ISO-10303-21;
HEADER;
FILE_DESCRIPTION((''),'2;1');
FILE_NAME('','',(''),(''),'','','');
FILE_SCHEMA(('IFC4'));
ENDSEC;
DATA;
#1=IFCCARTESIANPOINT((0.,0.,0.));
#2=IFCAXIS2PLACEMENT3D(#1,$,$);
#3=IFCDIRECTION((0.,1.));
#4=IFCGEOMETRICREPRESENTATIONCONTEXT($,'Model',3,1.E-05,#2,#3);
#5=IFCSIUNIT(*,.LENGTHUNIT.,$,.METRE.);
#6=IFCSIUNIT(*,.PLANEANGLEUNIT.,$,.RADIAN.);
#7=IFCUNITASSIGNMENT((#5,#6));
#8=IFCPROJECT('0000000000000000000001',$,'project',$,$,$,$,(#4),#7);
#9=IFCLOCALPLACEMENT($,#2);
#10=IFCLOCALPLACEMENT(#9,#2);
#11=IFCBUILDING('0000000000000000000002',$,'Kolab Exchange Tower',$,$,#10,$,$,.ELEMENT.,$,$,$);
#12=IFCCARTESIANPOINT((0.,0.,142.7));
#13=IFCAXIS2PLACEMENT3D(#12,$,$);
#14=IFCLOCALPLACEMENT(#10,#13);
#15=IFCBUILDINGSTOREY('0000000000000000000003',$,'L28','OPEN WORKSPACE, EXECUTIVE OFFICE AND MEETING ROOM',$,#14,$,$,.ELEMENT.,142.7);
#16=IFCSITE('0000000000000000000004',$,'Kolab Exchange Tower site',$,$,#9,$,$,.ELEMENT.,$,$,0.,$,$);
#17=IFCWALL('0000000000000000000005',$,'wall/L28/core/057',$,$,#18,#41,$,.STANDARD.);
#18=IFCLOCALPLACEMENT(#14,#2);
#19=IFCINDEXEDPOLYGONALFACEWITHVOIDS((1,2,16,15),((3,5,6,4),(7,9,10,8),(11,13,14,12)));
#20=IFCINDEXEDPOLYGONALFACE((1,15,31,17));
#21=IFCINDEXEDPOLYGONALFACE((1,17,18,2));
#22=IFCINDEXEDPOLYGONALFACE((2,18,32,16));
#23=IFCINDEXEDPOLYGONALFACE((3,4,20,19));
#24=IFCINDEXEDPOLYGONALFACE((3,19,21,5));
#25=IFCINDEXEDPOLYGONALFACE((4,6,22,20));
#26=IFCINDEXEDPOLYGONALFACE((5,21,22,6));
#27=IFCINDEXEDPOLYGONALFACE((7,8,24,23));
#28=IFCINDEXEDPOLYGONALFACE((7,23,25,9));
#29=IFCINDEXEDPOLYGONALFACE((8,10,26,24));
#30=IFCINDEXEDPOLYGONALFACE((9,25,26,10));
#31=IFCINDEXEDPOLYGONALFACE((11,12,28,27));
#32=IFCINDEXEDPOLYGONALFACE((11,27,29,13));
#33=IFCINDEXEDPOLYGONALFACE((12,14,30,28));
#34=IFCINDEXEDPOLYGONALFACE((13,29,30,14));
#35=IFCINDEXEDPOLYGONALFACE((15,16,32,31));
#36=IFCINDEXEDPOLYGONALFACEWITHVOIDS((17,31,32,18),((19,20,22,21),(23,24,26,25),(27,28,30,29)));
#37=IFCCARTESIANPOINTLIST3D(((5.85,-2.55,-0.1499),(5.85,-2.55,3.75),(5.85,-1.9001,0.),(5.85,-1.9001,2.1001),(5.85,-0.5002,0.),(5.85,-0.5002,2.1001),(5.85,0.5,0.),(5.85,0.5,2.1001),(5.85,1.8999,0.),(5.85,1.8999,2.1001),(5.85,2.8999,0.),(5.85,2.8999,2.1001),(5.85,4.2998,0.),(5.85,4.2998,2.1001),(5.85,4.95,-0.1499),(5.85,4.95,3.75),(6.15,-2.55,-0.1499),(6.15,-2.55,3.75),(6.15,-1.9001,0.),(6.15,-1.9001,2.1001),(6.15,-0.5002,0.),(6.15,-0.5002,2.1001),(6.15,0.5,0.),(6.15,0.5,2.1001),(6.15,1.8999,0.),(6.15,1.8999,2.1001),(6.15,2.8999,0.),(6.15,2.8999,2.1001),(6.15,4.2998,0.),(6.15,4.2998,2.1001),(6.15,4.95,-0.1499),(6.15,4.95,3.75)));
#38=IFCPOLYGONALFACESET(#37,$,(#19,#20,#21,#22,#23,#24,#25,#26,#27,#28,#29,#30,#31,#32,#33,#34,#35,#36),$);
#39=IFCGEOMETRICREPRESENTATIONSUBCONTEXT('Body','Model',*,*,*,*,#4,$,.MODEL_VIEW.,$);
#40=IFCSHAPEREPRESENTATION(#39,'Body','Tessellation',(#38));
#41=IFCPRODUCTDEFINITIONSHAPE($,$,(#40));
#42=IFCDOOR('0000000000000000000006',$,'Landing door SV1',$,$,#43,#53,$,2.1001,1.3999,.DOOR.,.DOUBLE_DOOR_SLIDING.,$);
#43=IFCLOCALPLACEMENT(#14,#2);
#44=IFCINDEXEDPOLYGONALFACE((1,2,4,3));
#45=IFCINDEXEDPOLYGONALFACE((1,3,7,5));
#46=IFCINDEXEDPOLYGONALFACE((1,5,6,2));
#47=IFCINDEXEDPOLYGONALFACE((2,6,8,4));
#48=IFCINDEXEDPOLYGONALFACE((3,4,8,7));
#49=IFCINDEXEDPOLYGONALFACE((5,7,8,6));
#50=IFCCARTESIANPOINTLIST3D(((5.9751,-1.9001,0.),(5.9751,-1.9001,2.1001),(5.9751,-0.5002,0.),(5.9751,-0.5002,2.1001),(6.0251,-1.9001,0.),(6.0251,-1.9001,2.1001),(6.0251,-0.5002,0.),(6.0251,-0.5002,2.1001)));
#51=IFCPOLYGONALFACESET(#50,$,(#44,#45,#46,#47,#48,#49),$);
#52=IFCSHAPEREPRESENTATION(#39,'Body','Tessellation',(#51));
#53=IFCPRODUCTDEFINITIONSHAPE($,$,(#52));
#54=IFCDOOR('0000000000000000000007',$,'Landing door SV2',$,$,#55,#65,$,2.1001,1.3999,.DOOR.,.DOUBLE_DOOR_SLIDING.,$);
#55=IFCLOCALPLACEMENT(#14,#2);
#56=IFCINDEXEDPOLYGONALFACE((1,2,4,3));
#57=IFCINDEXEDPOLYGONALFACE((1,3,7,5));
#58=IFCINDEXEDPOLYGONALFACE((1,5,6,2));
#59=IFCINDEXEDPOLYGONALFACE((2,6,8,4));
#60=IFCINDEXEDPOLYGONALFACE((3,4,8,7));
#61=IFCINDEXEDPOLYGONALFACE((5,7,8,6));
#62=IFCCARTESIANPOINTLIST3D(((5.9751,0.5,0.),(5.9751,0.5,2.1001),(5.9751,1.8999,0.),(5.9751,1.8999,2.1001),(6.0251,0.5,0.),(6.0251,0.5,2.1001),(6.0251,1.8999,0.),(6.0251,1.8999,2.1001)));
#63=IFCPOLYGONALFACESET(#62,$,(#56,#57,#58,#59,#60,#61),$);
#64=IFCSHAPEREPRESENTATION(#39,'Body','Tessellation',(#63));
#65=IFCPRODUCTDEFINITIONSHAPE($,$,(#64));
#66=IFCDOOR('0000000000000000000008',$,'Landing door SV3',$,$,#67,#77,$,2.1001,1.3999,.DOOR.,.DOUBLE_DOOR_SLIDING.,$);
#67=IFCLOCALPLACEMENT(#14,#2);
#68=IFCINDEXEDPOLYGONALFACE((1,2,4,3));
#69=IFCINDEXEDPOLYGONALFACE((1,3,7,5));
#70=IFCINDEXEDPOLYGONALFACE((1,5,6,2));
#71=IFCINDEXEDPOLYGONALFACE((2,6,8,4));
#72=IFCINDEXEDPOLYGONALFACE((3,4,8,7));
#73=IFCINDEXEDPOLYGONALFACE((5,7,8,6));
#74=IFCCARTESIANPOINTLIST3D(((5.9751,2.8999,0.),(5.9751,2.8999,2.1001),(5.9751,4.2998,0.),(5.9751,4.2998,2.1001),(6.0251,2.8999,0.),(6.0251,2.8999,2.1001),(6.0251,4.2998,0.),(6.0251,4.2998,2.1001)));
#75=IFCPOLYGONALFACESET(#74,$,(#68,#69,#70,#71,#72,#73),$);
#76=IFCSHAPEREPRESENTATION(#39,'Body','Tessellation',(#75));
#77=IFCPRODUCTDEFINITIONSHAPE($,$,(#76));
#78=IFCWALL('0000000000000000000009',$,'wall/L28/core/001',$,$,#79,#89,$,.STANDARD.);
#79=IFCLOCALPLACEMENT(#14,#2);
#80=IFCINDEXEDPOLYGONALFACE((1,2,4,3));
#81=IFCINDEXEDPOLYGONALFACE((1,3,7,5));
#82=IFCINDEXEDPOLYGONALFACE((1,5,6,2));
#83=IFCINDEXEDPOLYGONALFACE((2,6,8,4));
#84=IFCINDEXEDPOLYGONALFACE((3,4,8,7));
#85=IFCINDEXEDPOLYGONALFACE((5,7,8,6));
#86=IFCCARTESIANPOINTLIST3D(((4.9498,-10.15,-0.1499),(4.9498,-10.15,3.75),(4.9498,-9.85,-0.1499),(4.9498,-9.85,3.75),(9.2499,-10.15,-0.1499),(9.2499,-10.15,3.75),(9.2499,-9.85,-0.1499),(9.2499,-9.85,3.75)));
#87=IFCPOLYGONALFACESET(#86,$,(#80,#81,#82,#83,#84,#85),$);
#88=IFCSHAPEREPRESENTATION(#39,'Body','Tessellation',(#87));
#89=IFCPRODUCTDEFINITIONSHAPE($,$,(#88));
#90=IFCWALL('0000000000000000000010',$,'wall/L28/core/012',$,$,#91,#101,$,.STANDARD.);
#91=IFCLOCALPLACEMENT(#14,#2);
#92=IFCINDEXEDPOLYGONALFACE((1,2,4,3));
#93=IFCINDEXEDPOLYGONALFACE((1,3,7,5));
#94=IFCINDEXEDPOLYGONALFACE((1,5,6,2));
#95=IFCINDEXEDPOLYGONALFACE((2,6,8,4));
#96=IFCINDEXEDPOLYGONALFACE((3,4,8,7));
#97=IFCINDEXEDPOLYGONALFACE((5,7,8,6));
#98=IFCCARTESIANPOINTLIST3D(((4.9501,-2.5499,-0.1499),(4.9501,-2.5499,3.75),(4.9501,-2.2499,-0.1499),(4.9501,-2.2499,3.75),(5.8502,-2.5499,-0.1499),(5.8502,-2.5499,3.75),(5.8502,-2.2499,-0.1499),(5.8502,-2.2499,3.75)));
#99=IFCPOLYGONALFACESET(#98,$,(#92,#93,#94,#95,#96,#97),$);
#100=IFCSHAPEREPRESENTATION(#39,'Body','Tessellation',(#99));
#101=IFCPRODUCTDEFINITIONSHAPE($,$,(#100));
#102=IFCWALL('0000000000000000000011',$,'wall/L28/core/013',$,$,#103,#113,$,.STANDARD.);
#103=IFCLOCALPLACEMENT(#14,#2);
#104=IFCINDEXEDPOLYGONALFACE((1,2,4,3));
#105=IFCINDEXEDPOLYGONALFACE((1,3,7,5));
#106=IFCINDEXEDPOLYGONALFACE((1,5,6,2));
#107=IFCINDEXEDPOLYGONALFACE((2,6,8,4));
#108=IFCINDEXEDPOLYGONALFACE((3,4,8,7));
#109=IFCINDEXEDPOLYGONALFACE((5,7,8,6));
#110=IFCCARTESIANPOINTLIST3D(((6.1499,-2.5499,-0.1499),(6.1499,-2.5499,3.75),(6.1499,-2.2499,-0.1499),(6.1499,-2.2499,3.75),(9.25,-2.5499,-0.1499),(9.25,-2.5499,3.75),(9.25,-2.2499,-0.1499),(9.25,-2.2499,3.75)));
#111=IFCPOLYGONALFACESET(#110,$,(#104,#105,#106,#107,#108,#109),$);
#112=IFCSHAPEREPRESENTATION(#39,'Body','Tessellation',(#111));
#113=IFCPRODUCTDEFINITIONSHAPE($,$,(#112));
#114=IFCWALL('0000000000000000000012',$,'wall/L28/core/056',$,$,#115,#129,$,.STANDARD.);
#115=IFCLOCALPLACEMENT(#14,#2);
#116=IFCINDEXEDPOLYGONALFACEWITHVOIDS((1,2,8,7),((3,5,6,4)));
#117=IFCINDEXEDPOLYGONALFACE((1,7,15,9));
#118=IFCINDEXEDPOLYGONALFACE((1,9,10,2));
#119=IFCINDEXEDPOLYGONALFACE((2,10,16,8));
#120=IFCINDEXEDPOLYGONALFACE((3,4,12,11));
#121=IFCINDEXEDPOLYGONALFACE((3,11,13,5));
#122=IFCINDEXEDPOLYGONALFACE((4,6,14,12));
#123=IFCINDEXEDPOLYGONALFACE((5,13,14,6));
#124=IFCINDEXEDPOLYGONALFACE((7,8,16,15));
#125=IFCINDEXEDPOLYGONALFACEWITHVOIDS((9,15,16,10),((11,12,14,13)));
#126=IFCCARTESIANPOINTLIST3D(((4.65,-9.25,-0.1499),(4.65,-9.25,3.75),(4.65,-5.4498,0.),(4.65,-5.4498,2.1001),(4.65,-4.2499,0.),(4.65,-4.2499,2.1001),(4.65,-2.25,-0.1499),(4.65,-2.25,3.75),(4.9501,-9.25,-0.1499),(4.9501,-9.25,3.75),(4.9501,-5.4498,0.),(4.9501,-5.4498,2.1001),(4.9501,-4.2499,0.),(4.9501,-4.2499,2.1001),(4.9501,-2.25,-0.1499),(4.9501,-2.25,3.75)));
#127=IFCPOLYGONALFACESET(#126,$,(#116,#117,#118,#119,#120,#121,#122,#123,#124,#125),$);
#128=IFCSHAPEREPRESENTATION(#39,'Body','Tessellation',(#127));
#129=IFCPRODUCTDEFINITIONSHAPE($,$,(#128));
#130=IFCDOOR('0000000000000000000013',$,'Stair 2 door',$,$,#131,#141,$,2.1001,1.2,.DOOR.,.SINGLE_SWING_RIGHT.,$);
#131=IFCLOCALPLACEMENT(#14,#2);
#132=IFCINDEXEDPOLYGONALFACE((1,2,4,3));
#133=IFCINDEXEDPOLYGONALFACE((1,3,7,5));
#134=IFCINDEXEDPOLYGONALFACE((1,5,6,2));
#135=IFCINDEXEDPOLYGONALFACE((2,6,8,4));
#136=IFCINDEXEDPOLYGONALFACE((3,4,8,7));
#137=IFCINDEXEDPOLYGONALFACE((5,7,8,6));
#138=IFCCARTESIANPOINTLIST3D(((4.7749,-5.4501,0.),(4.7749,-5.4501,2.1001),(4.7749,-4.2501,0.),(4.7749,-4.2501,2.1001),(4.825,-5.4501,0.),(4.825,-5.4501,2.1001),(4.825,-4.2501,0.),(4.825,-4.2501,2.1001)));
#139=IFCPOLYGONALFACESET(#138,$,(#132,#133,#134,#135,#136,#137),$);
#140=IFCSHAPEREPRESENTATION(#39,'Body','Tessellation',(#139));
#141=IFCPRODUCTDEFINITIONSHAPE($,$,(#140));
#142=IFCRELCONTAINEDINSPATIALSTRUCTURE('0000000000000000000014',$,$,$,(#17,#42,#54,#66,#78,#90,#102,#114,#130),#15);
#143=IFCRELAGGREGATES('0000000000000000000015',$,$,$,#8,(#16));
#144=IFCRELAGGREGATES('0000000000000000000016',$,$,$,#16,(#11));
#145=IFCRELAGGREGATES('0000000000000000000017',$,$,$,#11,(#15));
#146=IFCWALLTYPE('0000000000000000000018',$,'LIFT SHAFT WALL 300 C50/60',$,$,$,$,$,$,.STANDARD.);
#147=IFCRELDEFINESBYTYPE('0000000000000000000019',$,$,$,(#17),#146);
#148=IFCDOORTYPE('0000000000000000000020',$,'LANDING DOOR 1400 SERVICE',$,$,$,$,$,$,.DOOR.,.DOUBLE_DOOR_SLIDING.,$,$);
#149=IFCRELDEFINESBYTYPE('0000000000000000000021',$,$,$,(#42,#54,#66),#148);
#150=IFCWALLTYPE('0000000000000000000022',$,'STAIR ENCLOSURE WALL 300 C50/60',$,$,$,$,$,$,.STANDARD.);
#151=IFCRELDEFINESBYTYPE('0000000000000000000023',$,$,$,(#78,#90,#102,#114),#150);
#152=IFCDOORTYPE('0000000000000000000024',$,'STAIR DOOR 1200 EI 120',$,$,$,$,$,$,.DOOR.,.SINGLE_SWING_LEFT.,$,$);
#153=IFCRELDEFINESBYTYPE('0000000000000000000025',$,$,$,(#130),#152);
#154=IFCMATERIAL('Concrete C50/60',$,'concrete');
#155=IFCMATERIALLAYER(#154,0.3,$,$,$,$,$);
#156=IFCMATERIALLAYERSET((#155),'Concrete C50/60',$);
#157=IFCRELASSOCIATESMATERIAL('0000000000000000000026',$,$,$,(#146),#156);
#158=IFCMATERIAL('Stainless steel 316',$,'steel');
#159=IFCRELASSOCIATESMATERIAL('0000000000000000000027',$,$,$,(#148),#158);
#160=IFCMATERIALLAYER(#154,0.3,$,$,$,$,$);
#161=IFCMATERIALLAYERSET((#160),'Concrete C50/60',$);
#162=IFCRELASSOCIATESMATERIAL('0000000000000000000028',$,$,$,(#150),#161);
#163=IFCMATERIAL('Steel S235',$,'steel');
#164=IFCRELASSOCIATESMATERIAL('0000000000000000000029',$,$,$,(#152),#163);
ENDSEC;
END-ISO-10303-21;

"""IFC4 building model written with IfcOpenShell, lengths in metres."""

from ifc_helpers import new_model, si_unit, direction, frame, frame_2d, origin, place, context, subcontext, project, spatial, rectangle, extrude, material, layer, layer_set, type_object, element, fill, save


model = new_model("IFC4")

# Units and contexts
model_context = context("Model", 3, precision=1e-05, world=origin(), true_north=direction((0.0, 1.0)))
body_context = subcontext(model_context, "Body", "Model", "MODEL_VIEW")
ifc_project = project(units=[si_unit("LENGTHUNIT", "METRE"), si_unit("PLANEANGLEUNIT", "RADIAN")], contexts=[model_context])

# Site, building, storey
site_placement = place(None, origin())
site = spatial("IfcSite", under=ifc_project, at=site_placement, Name="Kolab Exchange Tower site", CompositionType="ELEMENT", RefElevation=0.0)
building_placement = place(site_placement, origin())
building = spatial("IfcBuilding", under=site, at=building_placement, Name="Kolab Exchange Tower", CompositionType="ELEMENT")
storey_placement = place(building_placement, frame((0.0, 0.0, 142.7)))
storey = spatial("IfcBuildingStorey", under=building, at=storey_placement, Name="L28", Description="OPEN WORKSPACE, EXECUTIVE OFFICE AND MEETING ROOM", CompositionType="ELEMENT", Elevation=142.7)

# Shared definitions
ifc_material_1 = material(Name="Concrete C50/60", Category="concrete")
ifc_layer_1 = layer(ifc_material_1, 0.3)
ifc_layer_set_1 = layer_set([ifc_layer_1], Name="Concrete C50/60")
wall_type_1 = type_object("IfcWallType", Name="LIFT SHAFT WALL 300 C50/60", PredefinedType="STANDARD", material=ifc_layer_set_1)
ifc_material_2 = material(Name="Stainless steel 316", Category="steel")

# Wall, openings, doors
wall_1_placement = place(storey_placement, frame((6.0, -2.55, -0.1499), z_axis=(0.0, 0.0, 1.0), x_axis=(0.0, 1.0, 0.0)))
wall_1 = element("IfcWall", 1, at=wall_1_placement, inside=storey, type_object=wall_type_1, Name="wall/L28/core/057", PredefinedType="STANDARD", context=body_context, shape_type="SweptSolid", body=[
    extrude(rectangle(XDim=7.5, YDim=0.3, at=frame_2d((3.75, 0.0))), origin(), (0.0, 0.0, 1.0), 3.8999),
])
opening_1_placement = place(wall_1_placement, frame((0.6499, 0.0, 0.1499)))
opening_1 = element("IfcOpeningElement", 2, at=opening_1_placement, cuts=wall_1, PredefinedType="OPENING", context=body_context, shape_type="SweptSolid", body=[
    extrude(rectangle(XDim=1.3999, YDim=2.1001, at=frame_2d((0.7, 1.05))), frame((0.0, 0.1602, 0.0), z_axis=(0.0, -1.0, 0.0), x_axis=(1.0, 0.0, 0.0)), (0.0, 0.0, 1.0), 0.3201),
])
opening_2_placement = place(wall_1_placement, frame((3.05, 0.0, 0.1499)))
opening_2 = element("IfcOpeningElement", 3, at=opening_2_placement, cuts=wall_1, PredefinedType="OPENING", context=body_context, shape_type="SweptSolid", body=[
    extrude(rectangle(XDim=1.3999, YDim=2.1001, at=frame_2d((0.7, 1.05))), frame((0.0, 0.1602, 0.0), z_axis=(0.0, -1.0, 0.0), x_axis=(1.0, 0.0, 0.0)), (0.0, 0.0, 1.0), 0.3201),
])
opening_3_placement = place(wall_1_placement, frame((5.45, 0.0, 0.1499)))
opening_3 = element("IfcOpeningElement", 4, at=opening_3_placement, cuts=wall_1, PredefinedType="OPENING", context=body_context, shape_type="SweptSolid", body=[
    extrude(rectangle(XDim=1.3999, YDim=2.1001, at=frame_2d((0.7, 1.05))), frame((0.0, 0.1602, 0.0), z_axis=(0.0, -1.0, 0.0), x_axis=(1.0, 0.0, 0.0)), (0.0, 0.0, 1.0), 0.3201),
])
door_type_1 = type_object("IfcDoorType", Name="LANDING DOOR 1400 SERVICE", OperationType="DOUBLE_DOOR_SLIDING", PredefinedType="DOOR", material=ifc_material_2)
door_1_placement = place(opening_1_placement, origin())
door_1 = element("IfcDoor", 5, at=door_1_placement, inside=storey, type_object=door_type_1, Name="Landing door SV1", OperationType="DOUBLE_DOOR_SLIDING", OverallHeight=2.1001, OverallWidth=1.3999, PredefinedType="DOOR", context=body_context, shape_type="SweptSolid", body=[
    extrude(rectangle(XDim=1.3999, YDim=2.1001, at=frame_2d((0.7, 1.05))), frame((0.0, 0.0249, 0.0), z_axis=(0.0, -1.0, 0.0), x_axis=(1.0, 0.0, 0.0)), (0.0, 0.0, 1.0), 0.05),
])
fill(opening_1, door_1)
door_2_placement = place(opening_2_placement, origin())
door_2 = element("IfcDoor", 6, at=door_2_placement, inside=storey, type_object=door_type_1, Name="Landing door SV2", OperationType="DOUBLE_DOOR_SLIDING", OverallHeight=2.1001, OverallWidth=1.3999, PredefinedType="DOOR", context=body_context, shape_type="SweptSolid", body=[
    extrude(rectangle(XDim=1.3999, YDim=2.1001, at=frame_2d((0.7, 1.05))), frame((0.0, 0.0249, 0.0), z_axis=(0.0, -1.0, 0.0), x_axis=(1.0, 0.0, 0.0)), (0.0, 0.0, 1.0), 0.05),
])
fill(opening_2, door_2)
door_3_placement = place(opening_3_placement, origin())
door_3 = element("IfcDoor", 7, at=door_3_placement, inside=storey, type_object=door_type_1, Name="Landing door SV3", OperationType="DOUBLE_DOOR_SLIDING", OverallHeight=2.1001, OverallWidth=1.3999, PredefinedType="DOOR", context=body_context, shape_type="SweptSolid", body=[
    extrude(rectangle(XDim=1.3999, YDim=2.1001, at=frame_2d((0.7, 1.05))), frame((0.0, 0.0249, 0.0), z_axis=(0.0, -1.0, 0.0), x_axis=(1.0, 0.0, 0.0)), (0.0, 0.0, 1.0), 0.05),
])
fill(opening_3, door_3)

# Walls
ifc_layer_2 = layer(ifc_material_1, 0.3)
ifc_layer_set_2 = layer_set([ifc_layer_2], Name="Concrete C50/60")
wall_type_2 = type_object("IfcWallType", Name="STAIR ENCLOSURE WALL 300 C50/60", PredefinedType="STANDARD", material=ifc_layer_set_2)
wall_2_placement = place(storey_placement, frame((4.95, -10.0, -0.1499), z_axis=(0.0, 0.0, 1.0), x_axis=(1.0, 0.0, 0.0)))
element("IfcWall", 8, at=wall_2_placement, inside=storey, type_object=wall_type_2, Name="wall/L28/core/001", PredefinedType="STANDARD", context=body_context, shape_type="SweptSolid", body=[
    extrude(rectangle(XDim=4.3, YDim=0.3, at=frame_2d((2.1499, 0.0))), origin(), (0.0, 0.0, 1.0), 3.8999),
])
wall_3_placement = place(storey_placement, frame((4.95, -2.3999, -0.1499), z_axis=(0.0, 0.0, 1.0), x_axis=(1.0, 0.0, 0.0)))
element("IfcWall", 9, at=wall_3_placement, inside=storey, type_object=wall_type_2, Name="wall/L28/core/012", PredefinedType="STANDARD", context=body_context, shape_type="SweptSolid", body=[
    extrude(rectangle(XDim=0.9001, YDim=0.3, at=frame_2d((0.4502, 0.0))), origin(), (0.0, 0.0, 1.0), 3.8999),
])
wall_4_placement = place(storey_placement, frame((6.1499, -2.3999, -0.1499), z_axis=(0.0, 0.0, 1.0), x_axis=(1.0, 0.0, 0.0)))
element("IfcWall", 10, at=wall_4_placement, inside=storey, type_object=wall_type_2, Name="wall/L28/core/013", PredefinedType="STANDARD", context=body_context, shape_type="SweptSolid", body=[
    extrude(rectangle(XDim=3.1001, YDim=0.3, at=frame_2d((1.55, 0.0))), origin(), (0.0, 0.0, 1.0), 3.8999),
])

# Wall, opening, door
wall_5_placement = place(storey_placement, frame((4.8, -9.25, -0.1499), z_axis=(0.0, 0.0, 1.0), x_axis=(0.0, 1.0, 0.0)))
wall_5 = element("IfcWall", 11, at=wall_5_placement, inside=storey, type_object=wall_type_2, Name="wall/L28/core/056", PredefinedType="STANDARD", context=body_context, shape_type="SweptSolid", body=[
    extrude(rectangle(XDim=7.0, YDim=0.3, at=frame_2d((3.5, 0.0))), origin(), (0.0, 0.0, 1.0), 3.8999),
])
opening_4_placement = place(wall_5_placement, frame((3.8, 0.0, 0.1499)))
opening_4 = element("IfcOpeningElement", 12, at=opening_4_placement, cuts=wall_5, PredefinedType="OPENING", context=body_context, shape_type="SweptSolid", body=[
    extrude(rectangle(XDim=1.2, YDim=2.1001, at=frame_2d((0.6001, 1.05))), frame((0.0, 0.1602, 0.0), z_axis=(0.0, -1.0, 0.0), x_axis=(1.0, 0.0, 0.0)), (0.0, 0.0, 1.0), 0.3201),
])
ifc_material_3 = material(Name="Steel S235", Category="steel")
door_type_2 = type_object("IfcDoorType", Name="STAIR DOOR 1200 EI 120", OperationType="SINGLE_SWING_LEFT", PredefinedType="DOOR", material=ifc_material_3)
door_4_placement = place(opening_4_placement, frame((1.2, 0.0, 0.0), z_axis=(0.0, 0.0, 1.0), x_axis=(-1.0, 0.0, 0.0)))
door_4 = element("IfcDoor", 13, at=door_4_placement, inside=storey, type_object=door_type_2, Name="Stair 2 door", OperationType="SINGLE_SWING_RIGHT", OverallHeight=2.1001, OverallWidth=1.2, PredefinedType="DOOR", context=body_context, shape_type="SweptSolid", body=[
    extrude(rectangle(XDim=1.2, YDim=2.1001, at=frame_2d((0.6001, 1.05))), frame((0.0, 0.0249, 0.0), z_axis=(0.0, -1.0, 0.0), x_axis=(1.0, 0.0, 0.0)), (0.0, 0.0, 1.0), 0.05),
])
fill(opening_4, door_4)

save(model, "model.ifc")
